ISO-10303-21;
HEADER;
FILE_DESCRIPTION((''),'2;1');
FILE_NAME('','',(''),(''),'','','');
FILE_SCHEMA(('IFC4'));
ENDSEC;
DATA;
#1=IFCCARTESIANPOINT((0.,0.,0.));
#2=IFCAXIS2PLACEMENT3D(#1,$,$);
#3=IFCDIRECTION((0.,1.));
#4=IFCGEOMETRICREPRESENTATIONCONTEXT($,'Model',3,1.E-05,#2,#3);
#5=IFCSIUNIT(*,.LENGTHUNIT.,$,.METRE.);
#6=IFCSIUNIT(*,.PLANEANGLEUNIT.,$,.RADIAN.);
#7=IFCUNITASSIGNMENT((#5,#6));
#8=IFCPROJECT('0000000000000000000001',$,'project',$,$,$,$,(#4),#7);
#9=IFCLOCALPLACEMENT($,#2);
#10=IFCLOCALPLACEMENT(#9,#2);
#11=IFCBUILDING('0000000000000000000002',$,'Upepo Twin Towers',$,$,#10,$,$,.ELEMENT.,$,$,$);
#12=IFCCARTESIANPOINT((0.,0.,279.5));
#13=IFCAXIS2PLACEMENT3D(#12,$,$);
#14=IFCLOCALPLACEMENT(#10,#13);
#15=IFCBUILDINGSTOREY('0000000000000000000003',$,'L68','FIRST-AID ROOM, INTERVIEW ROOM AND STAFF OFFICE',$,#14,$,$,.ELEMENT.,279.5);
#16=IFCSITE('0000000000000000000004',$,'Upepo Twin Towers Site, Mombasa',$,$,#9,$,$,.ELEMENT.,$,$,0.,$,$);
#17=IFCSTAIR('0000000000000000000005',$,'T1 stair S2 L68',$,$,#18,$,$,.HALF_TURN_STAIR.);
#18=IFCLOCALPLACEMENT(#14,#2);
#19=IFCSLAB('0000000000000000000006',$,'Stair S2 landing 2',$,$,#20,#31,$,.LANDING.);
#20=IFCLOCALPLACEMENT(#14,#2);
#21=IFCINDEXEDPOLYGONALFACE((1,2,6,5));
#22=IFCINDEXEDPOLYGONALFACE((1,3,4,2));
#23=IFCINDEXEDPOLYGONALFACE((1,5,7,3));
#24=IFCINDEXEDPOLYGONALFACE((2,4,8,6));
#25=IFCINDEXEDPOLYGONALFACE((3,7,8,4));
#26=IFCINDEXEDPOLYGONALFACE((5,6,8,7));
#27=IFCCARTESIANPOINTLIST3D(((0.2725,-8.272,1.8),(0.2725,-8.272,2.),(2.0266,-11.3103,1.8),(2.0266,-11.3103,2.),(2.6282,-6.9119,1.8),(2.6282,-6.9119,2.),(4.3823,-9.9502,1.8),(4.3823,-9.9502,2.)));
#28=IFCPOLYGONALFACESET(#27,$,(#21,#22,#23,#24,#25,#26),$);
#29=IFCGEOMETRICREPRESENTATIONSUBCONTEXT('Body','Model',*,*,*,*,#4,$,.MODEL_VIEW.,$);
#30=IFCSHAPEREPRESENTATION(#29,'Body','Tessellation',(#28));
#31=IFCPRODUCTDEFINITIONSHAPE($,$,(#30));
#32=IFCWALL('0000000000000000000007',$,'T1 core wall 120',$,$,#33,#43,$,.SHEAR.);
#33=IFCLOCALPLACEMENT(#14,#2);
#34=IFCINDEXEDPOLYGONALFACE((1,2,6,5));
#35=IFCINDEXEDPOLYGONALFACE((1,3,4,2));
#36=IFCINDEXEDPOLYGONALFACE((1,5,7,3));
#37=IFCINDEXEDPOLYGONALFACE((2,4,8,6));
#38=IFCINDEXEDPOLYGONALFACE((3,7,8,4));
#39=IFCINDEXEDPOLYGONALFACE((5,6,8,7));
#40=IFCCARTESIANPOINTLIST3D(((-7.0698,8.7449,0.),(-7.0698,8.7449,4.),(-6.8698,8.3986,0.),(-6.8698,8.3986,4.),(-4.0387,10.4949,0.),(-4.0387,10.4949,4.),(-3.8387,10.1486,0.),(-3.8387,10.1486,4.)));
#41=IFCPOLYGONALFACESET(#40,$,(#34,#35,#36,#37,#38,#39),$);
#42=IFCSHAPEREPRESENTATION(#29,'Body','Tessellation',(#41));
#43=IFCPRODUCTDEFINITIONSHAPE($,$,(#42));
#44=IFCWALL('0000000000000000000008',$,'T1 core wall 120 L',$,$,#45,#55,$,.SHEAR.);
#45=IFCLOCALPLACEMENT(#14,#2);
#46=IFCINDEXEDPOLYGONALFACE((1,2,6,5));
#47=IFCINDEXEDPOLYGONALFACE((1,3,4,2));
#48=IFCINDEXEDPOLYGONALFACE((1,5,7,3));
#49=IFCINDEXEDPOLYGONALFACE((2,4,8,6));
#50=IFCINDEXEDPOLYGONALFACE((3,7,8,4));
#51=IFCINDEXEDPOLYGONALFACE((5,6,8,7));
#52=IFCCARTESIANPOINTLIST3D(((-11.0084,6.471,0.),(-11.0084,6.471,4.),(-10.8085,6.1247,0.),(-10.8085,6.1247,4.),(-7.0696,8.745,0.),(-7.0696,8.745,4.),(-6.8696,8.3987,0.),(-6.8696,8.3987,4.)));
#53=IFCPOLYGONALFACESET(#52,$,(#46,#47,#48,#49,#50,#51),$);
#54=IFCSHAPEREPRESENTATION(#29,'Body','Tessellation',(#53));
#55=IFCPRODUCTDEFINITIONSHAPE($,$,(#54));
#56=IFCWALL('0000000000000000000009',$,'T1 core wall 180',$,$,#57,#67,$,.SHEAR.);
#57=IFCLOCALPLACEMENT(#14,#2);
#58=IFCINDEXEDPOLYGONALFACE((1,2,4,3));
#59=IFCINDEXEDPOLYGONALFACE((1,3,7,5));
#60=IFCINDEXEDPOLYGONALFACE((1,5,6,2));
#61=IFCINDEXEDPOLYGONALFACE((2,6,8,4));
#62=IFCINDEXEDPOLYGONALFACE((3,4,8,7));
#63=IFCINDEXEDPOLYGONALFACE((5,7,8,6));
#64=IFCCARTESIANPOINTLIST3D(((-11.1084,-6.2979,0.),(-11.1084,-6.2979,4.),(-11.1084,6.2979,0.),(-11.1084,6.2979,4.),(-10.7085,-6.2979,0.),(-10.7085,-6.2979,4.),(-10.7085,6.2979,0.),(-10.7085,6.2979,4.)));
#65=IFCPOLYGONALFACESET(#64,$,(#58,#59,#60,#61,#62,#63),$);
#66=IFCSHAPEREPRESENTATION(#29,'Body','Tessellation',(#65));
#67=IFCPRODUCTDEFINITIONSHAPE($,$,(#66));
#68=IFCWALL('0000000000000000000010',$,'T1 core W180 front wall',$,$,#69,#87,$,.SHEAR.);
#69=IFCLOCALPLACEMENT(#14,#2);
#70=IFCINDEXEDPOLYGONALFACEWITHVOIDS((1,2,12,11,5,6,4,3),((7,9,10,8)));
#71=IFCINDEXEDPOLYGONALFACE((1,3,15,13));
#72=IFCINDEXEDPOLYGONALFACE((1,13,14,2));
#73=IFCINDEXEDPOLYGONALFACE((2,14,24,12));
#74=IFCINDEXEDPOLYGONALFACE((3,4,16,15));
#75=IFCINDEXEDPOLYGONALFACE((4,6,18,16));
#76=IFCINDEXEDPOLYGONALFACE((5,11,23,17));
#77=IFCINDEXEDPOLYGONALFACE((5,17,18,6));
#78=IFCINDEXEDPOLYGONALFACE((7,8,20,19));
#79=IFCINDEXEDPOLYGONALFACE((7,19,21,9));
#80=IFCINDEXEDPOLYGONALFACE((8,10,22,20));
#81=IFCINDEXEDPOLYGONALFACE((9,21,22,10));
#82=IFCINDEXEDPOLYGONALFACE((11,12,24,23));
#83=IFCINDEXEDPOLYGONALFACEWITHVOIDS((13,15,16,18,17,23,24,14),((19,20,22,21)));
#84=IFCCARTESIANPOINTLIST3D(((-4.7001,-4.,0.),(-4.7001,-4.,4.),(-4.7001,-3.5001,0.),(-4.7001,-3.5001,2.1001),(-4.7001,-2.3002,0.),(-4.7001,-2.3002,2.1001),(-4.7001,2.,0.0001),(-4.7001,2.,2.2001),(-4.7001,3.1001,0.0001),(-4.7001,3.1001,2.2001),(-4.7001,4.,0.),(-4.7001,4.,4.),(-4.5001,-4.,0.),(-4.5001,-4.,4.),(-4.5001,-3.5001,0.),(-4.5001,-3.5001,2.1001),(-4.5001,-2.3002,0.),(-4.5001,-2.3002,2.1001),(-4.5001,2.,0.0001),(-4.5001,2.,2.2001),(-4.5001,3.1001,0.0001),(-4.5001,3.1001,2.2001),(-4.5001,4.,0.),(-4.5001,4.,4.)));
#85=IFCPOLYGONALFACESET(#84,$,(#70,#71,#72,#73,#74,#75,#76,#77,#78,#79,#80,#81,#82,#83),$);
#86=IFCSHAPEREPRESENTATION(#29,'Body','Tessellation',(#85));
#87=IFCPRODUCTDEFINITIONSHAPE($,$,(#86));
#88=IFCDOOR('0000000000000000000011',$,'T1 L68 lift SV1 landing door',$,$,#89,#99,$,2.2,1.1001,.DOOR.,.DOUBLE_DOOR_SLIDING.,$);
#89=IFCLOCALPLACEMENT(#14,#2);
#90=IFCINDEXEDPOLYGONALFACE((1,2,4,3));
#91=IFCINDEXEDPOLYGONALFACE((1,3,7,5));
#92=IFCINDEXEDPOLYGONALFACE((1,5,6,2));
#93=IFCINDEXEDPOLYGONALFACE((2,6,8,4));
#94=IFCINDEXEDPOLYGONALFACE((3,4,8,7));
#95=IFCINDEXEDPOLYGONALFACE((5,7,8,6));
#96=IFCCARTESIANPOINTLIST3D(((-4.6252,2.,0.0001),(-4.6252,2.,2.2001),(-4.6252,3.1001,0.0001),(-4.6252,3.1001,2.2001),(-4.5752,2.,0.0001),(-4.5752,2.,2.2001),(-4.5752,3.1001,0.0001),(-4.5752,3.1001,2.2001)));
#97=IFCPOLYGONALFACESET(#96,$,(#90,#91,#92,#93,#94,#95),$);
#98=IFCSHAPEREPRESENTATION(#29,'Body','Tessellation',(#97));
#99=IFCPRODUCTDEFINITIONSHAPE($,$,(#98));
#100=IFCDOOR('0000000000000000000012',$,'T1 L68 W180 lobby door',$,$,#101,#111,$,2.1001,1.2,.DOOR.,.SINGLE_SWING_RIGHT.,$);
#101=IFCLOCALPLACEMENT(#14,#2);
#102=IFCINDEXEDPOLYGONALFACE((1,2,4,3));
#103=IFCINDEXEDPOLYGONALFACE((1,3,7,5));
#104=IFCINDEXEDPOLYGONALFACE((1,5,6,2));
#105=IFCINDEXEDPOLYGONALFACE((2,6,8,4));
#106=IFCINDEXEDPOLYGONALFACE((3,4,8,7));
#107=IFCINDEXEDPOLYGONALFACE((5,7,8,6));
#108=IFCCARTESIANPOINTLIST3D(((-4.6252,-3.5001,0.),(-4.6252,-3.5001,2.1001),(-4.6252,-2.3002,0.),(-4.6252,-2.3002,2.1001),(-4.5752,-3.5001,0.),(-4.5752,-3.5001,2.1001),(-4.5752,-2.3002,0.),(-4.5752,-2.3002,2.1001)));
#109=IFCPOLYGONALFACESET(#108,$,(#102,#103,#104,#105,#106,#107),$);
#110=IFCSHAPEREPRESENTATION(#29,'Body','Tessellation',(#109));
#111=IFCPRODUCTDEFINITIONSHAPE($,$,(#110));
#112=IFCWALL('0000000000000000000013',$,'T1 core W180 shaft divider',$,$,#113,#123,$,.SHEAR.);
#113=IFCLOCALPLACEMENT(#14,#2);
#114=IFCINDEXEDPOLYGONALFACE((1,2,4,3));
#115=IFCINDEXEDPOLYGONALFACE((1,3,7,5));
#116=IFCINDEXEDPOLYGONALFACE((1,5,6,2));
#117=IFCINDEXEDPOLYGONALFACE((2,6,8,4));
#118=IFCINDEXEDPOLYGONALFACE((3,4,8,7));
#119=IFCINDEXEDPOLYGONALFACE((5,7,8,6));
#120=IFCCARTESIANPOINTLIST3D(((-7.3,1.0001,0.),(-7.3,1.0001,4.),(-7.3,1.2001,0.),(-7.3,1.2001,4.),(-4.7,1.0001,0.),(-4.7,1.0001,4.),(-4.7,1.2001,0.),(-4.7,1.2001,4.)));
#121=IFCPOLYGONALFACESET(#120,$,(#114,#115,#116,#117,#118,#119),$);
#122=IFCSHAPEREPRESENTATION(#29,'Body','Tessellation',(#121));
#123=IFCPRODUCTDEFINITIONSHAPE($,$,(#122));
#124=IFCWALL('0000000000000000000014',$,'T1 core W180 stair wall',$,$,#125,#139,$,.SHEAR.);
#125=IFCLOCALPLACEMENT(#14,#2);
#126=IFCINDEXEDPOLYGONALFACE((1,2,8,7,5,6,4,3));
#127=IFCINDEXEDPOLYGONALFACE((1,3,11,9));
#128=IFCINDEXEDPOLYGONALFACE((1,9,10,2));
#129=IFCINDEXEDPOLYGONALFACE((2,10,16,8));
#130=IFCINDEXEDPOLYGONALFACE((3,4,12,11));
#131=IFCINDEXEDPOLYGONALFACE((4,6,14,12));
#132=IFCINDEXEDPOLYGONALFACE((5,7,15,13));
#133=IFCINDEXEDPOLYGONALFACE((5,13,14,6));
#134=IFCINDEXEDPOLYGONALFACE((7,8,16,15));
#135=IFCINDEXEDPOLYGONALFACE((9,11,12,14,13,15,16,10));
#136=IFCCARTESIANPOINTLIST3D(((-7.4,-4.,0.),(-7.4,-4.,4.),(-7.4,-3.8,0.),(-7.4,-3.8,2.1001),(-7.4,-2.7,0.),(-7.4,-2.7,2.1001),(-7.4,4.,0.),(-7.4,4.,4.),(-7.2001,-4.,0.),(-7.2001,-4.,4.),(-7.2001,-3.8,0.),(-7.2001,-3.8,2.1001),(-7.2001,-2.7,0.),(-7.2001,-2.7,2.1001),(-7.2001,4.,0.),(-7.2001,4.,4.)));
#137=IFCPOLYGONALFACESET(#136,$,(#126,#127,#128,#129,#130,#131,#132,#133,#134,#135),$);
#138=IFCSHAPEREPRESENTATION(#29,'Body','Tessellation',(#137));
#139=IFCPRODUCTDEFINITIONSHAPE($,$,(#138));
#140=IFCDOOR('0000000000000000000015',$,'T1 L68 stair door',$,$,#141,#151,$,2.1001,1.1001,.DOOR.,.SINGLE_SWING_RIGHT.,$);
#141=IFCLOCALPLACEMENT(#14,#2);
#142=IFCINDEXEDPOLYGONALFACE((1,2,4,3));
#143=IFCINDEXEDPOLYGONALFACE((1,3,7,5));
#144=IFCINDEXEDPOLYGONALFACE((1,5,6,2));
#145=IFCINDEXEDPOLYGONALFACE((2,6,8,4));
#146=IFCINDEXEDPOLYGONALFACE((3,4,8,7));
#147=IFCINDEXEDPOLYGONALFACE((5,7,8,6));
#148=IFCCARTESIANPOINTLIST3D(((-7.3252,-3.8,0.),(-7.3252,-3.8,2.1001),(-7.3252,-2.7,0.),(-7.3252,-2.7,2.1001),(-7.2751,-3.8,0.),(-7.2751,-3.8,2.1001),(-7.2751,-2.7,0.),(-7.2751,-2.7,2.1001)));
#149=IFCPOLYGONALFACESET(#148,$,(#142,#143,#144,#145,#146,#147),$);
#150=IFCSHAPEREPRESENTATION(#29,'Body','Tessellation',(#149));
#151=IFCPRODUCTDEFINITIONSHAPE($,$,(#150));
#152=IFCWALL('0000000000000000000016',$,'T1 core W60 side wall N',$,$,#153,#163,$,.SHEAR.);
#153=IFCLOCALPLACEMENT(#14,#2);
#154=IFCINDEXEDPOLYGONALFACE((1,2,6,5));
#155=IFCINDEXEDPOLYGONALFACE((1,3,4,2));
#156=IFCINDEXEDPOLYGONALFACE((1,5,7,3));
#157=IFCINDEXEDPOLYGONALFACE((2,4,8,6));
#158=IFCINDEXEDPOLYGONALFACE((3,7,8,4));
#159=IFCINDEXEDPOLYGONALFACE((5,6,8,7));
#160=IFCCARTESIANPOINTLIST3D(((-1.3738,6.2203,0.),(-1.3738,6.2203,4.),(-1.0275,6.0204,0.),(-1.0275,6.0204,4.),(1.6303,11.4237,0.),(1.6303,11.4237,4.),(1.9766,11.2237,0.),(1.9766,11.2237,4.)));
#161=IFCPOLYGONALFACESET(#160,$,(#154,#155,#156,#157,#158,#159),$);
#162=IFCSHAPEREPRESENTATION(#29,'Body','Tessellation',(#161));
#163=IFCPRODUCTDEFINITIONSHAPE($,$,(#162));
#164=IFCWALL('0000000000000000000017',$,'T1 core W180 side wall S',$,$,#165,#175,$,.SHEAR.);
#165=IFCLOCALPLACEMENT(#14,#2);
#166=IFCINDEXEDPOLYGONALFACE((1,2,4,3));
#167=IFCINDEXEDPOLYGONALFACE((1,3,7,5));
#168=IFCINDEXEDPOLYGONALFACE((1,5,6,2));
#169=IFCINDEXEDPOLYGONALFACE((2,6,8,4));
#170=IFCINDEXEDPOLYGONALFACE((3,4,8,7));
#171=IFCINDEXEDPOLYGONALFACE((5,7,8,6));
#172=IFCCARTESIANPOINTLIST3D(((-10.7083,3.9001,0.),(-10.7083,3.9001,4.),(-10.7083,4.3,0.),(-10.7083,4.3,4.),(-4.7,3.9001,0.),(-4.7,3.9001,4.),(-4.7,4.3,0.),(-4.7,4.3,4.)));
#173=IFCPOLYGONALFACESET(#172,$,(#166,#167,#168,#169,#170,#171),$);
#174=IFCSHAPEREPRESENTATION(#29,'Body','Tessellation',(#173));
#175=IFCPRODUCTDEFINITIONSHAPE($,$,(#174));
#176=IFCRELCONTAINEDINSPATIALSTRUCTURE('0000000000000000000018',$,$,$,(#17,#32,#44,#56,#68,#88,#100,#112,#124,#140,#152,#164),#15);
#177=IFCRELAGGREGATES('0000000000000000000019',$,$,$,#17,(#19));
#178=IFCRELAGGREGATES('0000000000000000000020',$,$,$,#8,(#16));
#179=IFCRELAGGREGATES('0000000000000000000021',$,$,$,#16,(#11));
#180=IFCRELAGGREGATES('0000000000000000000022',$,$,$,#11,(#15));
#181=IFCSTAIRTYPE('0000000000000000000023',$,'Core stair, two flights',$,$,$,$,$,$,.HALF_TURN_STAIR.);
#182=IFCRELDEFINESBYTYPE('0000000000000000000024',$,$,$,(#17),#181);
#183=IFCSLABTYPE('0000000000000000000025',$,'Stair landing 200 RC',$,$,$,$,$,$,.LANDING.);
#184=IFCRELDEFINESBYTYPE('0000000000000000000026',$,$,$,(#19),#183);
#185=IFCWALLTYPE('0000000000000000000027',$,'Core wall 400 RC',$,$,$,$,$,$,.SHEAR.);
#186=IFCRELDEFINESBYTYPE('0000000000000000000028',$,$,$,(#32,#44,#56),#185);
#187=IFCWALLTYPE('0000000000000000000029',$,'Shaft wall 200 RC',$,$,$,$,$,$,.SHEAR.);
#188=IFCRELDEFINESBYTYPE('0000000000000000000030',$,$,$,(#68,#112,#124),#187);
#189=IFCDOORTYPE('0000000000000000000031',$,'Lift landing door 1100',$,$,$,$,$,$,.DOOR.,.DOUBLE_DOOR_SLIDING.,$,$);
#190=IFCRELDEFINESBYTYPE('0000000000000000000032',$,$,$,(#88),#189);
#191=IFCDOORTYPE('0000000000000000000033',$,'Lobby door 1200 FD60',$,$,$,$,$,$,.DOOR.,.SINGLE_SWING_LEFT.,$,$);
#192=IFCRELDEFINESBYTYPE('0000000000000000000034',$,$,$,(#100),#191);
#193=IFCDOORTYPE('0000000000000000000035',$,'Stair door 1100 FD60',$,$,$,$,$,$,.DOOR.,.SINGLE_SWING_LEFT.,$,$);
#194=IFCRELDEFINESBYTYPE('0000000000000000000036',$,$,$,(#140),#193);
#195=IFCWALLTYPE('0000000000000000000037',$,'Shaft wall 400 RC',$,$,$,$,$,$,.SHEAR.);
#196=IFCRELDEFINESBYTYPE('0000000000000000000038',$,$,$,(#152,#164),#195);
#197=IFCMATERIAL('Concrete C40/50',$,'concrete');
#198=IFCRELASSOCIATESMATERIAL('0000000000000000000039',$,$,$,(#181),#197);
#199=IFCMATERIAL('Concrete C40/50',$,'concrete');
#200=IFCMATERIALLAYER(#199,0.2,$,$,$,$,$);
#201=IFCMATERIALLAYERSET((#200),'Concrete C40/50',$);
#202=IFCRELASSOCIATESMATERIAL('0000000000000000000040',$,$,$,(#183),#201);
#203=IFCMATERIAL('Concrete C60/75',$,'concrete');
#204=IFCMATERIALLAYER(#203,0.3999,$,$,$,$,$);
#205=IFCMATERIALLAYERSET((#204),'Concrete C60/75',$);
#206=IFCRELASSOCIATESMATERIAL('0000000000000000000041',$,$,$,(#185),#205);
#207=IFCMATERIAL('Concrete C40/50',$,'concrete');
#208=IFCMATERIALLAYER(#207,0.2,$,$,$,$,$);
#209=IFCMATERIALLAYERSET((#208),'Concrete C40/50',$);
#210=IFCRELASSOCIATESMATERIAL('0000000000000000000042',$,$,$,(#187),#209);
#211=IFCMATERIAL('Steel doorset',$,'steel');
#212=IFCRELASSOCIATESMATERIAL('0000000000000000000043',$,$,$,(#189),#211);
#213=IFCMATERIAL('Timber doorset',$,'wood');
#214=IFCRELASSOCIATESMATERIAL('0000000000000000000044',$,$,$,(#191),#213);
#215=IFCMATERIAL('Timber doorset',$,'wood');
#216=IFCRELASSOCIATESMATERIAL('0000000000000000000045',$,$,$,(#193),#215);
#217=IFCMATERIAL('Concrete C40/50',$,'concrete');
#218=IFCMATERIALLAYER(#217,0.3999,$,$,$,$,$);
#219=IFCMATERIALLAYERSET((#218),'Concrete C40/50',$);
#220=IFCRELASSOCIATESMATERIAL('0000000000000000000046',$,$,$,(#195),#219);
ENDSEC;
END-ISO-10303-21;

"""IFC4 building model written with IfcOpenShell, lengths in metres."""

from ifc_helpers import new_model, si_unit, direction, frame, frame_2d, origin, place, context, subcontext, project, spatial, polyline, rectangle, outline, extrude, material, layer, layer_set, type_object, element, fill, aggregate, save


model = new_model("IFC4")

# Units and contexts
model_context = context("Model", 3, precision=1e-05, world=origin(), true_north=direction((0.0, 1.0)))
body_context = subcontext(model_context, "Body", "Model", "MODEL_VIEW")
ifc_project = project(units=[si_unit("LENGTHUNIT", "METRE"), si_unit("PLANEANGLEUNIT", "RADIAN")], contexts=[model_context])

# Site, building, storey
site_placement = place(None, origin())
site = spatial("IfcSite", under=ifc_project, at=site_placement, Name="Upepo Twin Towers Site, Mombasa", CompositionType="ELEMENT", RefElevation=0.0)
building_placement = place(site_placement, origin())
building = spatial("IfcBuilding", under=site, at=building_placement, Name="Upepo Twin Towers", CompositionType="ELEMENT")
storey_placement = place(building_placement, frame((0.0, 0.0, 279.5)))
storey = spatial("IfcBuildingStorey", under=building, at=storey_placement, Name="L68", Description="FIRST-AID ROOM, INTERVIEW ROOM AND STAFF OFFICE", CompositionType="ELEMENT", Elevation=279.5)

# Stair, slab
ifc_material_1 = material(Name="Concrete C40/50", Category="concrete")
stair_type = type_object("IfcStairType", Name="Core stair, two flights", PredefinedType="HALF_TURN_STAIR", material=ifc_material_1)
stair_1_placement = place(storey_placement, origin())
stair_1 = element("IfcStair", 1, at=stair_1_placement, inside=storey, type_object=stair_type, Name="T1 stair S2 L68", PredefinedType="HALF_TURN_STAIR")
ifc_material_2 = material(Name="Concrete C40/50", Category="concrete")
ifc_layer_1 = layer(ifc_material_2, 0.2)
ifc_layer_set_1 = layer_set([ifc_layer_1], Name="Concrete C40/50")
slab_type = type_object("IfcSlabType", Name="Stair landing 200 RC", PredefinedType="LANDING", material=ifc_layer_set_1)
slab_placement = place(storey_placement, frame((0.0, 0.0, 1.8)))
slab = element("IfcSlab", 2, at=slab_placement, type_object=slab_type, Name="Stair S2 landing 2", PredefinedType="LANDING", context=body_context, shape_type="SweptSolid", body=[
    extrude(outline(polyline([(0.2725, -8.272), (2.0266, -11.3103), (4.3823, -9.9502), (2.6282, -6.9119), (0.2725, -8.272)])), origin(), (0.0, 0.0, 1.0), 0.2),
])
aggregate(stair_1, [slab])

# Walls
ifc_material_3 = material(Name="Concrete C60/75", Category="concrete")
ifc_layer_2 = layer(ifc_material_3, 0.3999)
ifc_layer_set_2 = layer_set([ifc_layer_2], Name="Concrete C60/75")
wall_type_1 = type_object("IfcWallType", Name="Core wall 400 RC", PredefinedType="SHEAR", material=ifc_layer_set_2)
wall_1_placement = place(storey_placement, frame((-3.9387, 10.3218, 0.0), z_axis=(0.0, 0.0, 1.0), x_axis=(-0.866019, -0.50001, 0.0)))
element("IfcWall", 3, at=wall_1_placement, inside=storey, type_object=wall_type_1, Name="T1 core wall 120", PredefinedType="SHEAR", context=body_context, shape_type="SweptSolid", body=[
    extrude(rectangle(XDim=3.5, YDim=0.3999, at=frame_2d((1.75, 0.0))), origin(), (0.0, 0.0, 1.0), 4.0),
])
wall_2_placement = place(storey_placement, frame((-6.9697, 8.5718, 0.0), z_axis=(0.0, 0.0, 1.0), x_axis=(-0.866035, -0.499984, 0.0)))
element("IfcWall", 4, at=wall_2_placement, inside=storey, type_object=wall_type_1, Name="T1 core wall 120 L", PredefinedType="SHEAR", context=body_context, shape_type="SweptSolid", body=[
    extrude(rectangle(XDim=4.5481, YDim=0.3999, at=frame_2d((2.2739, 0.0))), origin(), (0.0, 0.0, 1.0), 4.0),
])
wall_3_placement = place(storey_placement, frame((-10.9084, 6.2979, 0.0), z_axis=(0.0, 0.0, 1.0), x_axis=(0.0, -1.0, 0.0)))
element("IfcWall", 5, at=wall_3_placement, inside=storey, type_object=wall_type_1, Name="T1 core wall 180", PredefinedType="SHEAR", context=body_context, shape_type="SweptSolid", body=[
    extrude(rectangle(XDim=12.5957, YDim=0.3999, at=frame_2d((6.2979, 0.0))), origin(), (0.0, 0.0, 1.0), 4.0),
])

# Wall, openings, doors
ifc_material_4 = material(Name="Concrete C40/50", Category="concrete")
ifc_layer_3 = layer(ifc_material_4, 0.2)
ifc_layer_set_3 = layer_set([ifc_layer_3], Name="Concrete C40/50")
wall_type_2 = type_object("IfcWallType", Name="Shaft wall 200 RC", PredefinedType="SHEAR", material=ifc_layer_set_3)
wall_4_placement = place(storey_placement, frame((-4.6001, 4.0, 0.0), z_axis=(0.0, 0.0, 1.0), x_axis=(0.0, -1.0, 0.0)))
wall_4 = element("IfcWall", 6, at=wall_4_placement, inside=storey, type_object=wall_type_2, Name="T1 core W180 front wall", PredefinedType="SHEAR", context=body_context, shape_type="SweptSolid", body=[
    extrude(rectangle(XDim=8.0, YDim=0.2, at=frame_2d((4.0, 0.0))), origin(), (0.0, 0.0, 1.0), 4.0),
])
opening_1_placement = place(wall_4_placement, frame((6.3, 0.0, 0.0)))
opening_1 = element("IfcOpeningElement", 7, at=opening_1_placement, cuts=wall_4, PredefinedType="OPENING", context=body_context, shape_type="SweptSolid", body=[
    extrude(rectangle(XDim=1.2, YDim=2.1001, at=frame_2d((0.6001, 1.05))), frame((0.0, 0.1099, 0.0), z_axis=(0.0, -1.0, 0.0), x_axis=(1.0, 0.0, 0.0)), (0.0, 0.0, 1.0), 0.22),
])
opening_2_placement = place(wall_4_placement, frame((0.8999, 0.0, 0.0)))
opening_2 = element("IfcOpeningElement", 8, at=opening_2_placement, cuts=wall_4, PredefinedType="OPENING", context=body_context, shape_type="SweptSolid", body=[
    extrude(rectangle(XDim=1.1001, YDim=2.2, at=frame_2d((0.55, 1.1001))), frame((0.0, 0.1099, 0.0), z_axis=(0.0, -1.0, 0.0), x_axis=(1.0, 0.0, 0.0)), (0.0, 0.0, 1.0), 0.22),
])
ifc_material_5 = material(Name="Steel doorset", Category="steel")
door_type_1 = type_object("IfcDoorType", Name="Lift landing door 1100", OperationType="DOUBLE_DOOR_SLIDING", PredefinedType="DOOR", material=ifc_material_5)
door_1_placement = place(opening_2_placement, origin())
door_1 = element("IfcDoor", 9, at=door_1_placement, inside=storey, type_object=door_type_1, Name="T1 L68 lift SV1 landing door", OperationType="DOUBLE_DOOR_SLIDING", OverallHeight=2.2, OverallWidth=1.1001, PredefinedType="DOOR", context=body_context, shape_type="SweptSolid", body=[
    extrude(rectangle(XDim=1.1001, YDim=2.2, at=frame_2d((0.55, 1.1001))), frame((0.0, 0.0249, 0.0), z_axis=(0.0, -1.0, 0.0), x_axis=(1.0, 0.0, 0.0)), (0.0, 0.0, 1.0), 0.05),
])
fill(opening_2, door_1)
ifc_material_6 = material(Name="Timber doorset", Category="wood")
door_type_2 = type_object("IfcDoorType", Name="Lobby door 1200 FD60", OperationType="SINGLE_SWING_LEFT", PredefinedType="DOOR", material=ifc_material_6)
door_2_placement = place(opening_1_placement, origin())
door_2 = element("IfcDoor", 10, at=door_2_placement, inside=storey, type_object=door_type_2, Name="T1 L68 W180 lobby door", OperationType="SINGLE_SWING_RIGHT", OverallHeight=2.1001, OverallWidth=1.2, PredefinedType="DOOR", context=body_context, shape_type="SweptSolid", body=[
    extrude(rectangle(XDim=1.2, YDim=2.1001, at=frame_2d((0.6001, 1.05))), frame((0.0, 0.0249, 0.0), z_axis=(0.0, -1.0, 0.0), x_axis=(1.0, 0.0, 0.0)), (0.0, 0.0, 1.0), 0.05),
])
fill(opening_1, door_2)

# Wall
wall_5_placement = place(storey_placement, frame((-4.7, 1.1001, 0.0), z_axis=(0.0, 0.0, 1.0), x_axis=(-1.0, 0.0, 0.0)))
element("IfcWall", 11, at=wall_5_placement, inside=storey, type_object=wall_type_2, Name="T1 core W180 shaft divider", PredefinedType="SHEAR", context=body_context, shape_type="SweptSolid", body=[
    extrude(rectangle(XDim=2.6001, YDim=0.2, at=frame_2d((1.3, 0.0))), origin(), (0.0, 0.0, 1.0), 4.0),
])

# Wall, opening, door
wall_6_placement = place(storey_placement, frame((-7.3, 4.0, 0.0), z_axis=(0.0, 0.0, 1.0), x_axis=(0.0, -1.0, 0.0)))
wall_6 = element("IfcWall", 12, at=wall_6_placement, inside=storey, type_object=wall_type_2, Name="T1 core W180 stair wall", PredefinedType="SHEAR", context=body_context, shape_type="SweptSolid", body=[
    extrude(rectangle(XDim=8.0, YDim=0.2, at=frame_2d((4.0, 0.0))), origin(), (0.0, 0.0, 1.0), 4.0),
])
opening_3_placement = place(wall_6_placement, frame((6.7, 0.0, 0.0)))
opening_3 = element("IfcOpeningElement", 13, at=opening_3_placement, cuts=wall_6, PredefinedType="OPENING", context=body_context, shape_type="SweptSolid", body=[
    extrude(rectangle(XDim=1.1001, YDim=2.1001, at=frame_2d((0.55, 1.05))), frame((0.0, 0.1099, 0.0), z_axis=(0.0, -1.0, 0.0), x_axis=(1.0, 0.0, 0.0)), (0.0, 0.0, 1.0), 0.22),
])
ifc_material_7 = material(Name="Timber doorset", Category="wood")
door_type_3 = type_object("IfcDoorType", Name="Stair door 1100 FD60", OperationType="SINGLE_SWING_LEFT", PredefinedType="DOOR", material=ifc_material_7)
door_3_placement = place(opening_3_placement, origin())
door_3 = element("IfcDoor", 14, at=door_3_placement, inside=storey, type_object=door_type_3, Name="T1 L68 stair door", OperationType="SINGLE_SWING_RIGHT", OverallHeight=2.1001, OverallWidth=1.1001, PredefinedType="DOOR", context=body_context, shape_type="SweptSolid", body=[
    extrude(rectangle(XDim=1.1001, YDim=2.1001, at=frame_2d((0.55, 1.05))), frame((0.0, 0.0249, 0.0), z_axis=(0.0, -1.0, 0.0), x_axis=(1.0, 0.0, 0.0)), (0.0, 0.0, 1.0), 0.05),
])
fill(opening_3, door_3)

# Walls
ifc_material_8 = material(Name="Concrete C40/50", Category="concrete")
ifc_layer_4 = layer(ifc_material_8, 0.3999)
ifc_layer_set_4 = layer_set([ifc_layer_4], Name="Concrete C40/50")
wall_type_3 = type_object("IfcWallType", Name="Shaft wall 400 RC", PredefinedType="SHEAR", material=ifc_layer_set_4)
for number, where, z_axis, x_axis, name in (
    (15, (-1.2007, 6.1204, 0.0), (0.0, 0.0, 1.0), (0.499998, 0.866027, 0.0), "T1 core W60 side wall N"),
    (16, (-4.7, 4.1001, 0.0), (0.0, 0.0, 1.0), (-1.0, 0.0, 0.0), "T1 core W180 side wall S"),
):
    element("IfcWall", number, at=place(storey_placement, frame(where, z_axis=z_axis, x_axis=x_axis)), inside=storey, type_object=wall_type_3, Name=name, PredefinedType="SHEAR", context=body_context, shape_type="SweptSolid", body=[
        extrude(rectangle(XDim=6.0083, YDim=0.3999, at=frame_2d((3.0042, 0.0))), origin(), (0.0, 0.0, 1.0), 4.0),
    ])

save(model, "model.ifc")
